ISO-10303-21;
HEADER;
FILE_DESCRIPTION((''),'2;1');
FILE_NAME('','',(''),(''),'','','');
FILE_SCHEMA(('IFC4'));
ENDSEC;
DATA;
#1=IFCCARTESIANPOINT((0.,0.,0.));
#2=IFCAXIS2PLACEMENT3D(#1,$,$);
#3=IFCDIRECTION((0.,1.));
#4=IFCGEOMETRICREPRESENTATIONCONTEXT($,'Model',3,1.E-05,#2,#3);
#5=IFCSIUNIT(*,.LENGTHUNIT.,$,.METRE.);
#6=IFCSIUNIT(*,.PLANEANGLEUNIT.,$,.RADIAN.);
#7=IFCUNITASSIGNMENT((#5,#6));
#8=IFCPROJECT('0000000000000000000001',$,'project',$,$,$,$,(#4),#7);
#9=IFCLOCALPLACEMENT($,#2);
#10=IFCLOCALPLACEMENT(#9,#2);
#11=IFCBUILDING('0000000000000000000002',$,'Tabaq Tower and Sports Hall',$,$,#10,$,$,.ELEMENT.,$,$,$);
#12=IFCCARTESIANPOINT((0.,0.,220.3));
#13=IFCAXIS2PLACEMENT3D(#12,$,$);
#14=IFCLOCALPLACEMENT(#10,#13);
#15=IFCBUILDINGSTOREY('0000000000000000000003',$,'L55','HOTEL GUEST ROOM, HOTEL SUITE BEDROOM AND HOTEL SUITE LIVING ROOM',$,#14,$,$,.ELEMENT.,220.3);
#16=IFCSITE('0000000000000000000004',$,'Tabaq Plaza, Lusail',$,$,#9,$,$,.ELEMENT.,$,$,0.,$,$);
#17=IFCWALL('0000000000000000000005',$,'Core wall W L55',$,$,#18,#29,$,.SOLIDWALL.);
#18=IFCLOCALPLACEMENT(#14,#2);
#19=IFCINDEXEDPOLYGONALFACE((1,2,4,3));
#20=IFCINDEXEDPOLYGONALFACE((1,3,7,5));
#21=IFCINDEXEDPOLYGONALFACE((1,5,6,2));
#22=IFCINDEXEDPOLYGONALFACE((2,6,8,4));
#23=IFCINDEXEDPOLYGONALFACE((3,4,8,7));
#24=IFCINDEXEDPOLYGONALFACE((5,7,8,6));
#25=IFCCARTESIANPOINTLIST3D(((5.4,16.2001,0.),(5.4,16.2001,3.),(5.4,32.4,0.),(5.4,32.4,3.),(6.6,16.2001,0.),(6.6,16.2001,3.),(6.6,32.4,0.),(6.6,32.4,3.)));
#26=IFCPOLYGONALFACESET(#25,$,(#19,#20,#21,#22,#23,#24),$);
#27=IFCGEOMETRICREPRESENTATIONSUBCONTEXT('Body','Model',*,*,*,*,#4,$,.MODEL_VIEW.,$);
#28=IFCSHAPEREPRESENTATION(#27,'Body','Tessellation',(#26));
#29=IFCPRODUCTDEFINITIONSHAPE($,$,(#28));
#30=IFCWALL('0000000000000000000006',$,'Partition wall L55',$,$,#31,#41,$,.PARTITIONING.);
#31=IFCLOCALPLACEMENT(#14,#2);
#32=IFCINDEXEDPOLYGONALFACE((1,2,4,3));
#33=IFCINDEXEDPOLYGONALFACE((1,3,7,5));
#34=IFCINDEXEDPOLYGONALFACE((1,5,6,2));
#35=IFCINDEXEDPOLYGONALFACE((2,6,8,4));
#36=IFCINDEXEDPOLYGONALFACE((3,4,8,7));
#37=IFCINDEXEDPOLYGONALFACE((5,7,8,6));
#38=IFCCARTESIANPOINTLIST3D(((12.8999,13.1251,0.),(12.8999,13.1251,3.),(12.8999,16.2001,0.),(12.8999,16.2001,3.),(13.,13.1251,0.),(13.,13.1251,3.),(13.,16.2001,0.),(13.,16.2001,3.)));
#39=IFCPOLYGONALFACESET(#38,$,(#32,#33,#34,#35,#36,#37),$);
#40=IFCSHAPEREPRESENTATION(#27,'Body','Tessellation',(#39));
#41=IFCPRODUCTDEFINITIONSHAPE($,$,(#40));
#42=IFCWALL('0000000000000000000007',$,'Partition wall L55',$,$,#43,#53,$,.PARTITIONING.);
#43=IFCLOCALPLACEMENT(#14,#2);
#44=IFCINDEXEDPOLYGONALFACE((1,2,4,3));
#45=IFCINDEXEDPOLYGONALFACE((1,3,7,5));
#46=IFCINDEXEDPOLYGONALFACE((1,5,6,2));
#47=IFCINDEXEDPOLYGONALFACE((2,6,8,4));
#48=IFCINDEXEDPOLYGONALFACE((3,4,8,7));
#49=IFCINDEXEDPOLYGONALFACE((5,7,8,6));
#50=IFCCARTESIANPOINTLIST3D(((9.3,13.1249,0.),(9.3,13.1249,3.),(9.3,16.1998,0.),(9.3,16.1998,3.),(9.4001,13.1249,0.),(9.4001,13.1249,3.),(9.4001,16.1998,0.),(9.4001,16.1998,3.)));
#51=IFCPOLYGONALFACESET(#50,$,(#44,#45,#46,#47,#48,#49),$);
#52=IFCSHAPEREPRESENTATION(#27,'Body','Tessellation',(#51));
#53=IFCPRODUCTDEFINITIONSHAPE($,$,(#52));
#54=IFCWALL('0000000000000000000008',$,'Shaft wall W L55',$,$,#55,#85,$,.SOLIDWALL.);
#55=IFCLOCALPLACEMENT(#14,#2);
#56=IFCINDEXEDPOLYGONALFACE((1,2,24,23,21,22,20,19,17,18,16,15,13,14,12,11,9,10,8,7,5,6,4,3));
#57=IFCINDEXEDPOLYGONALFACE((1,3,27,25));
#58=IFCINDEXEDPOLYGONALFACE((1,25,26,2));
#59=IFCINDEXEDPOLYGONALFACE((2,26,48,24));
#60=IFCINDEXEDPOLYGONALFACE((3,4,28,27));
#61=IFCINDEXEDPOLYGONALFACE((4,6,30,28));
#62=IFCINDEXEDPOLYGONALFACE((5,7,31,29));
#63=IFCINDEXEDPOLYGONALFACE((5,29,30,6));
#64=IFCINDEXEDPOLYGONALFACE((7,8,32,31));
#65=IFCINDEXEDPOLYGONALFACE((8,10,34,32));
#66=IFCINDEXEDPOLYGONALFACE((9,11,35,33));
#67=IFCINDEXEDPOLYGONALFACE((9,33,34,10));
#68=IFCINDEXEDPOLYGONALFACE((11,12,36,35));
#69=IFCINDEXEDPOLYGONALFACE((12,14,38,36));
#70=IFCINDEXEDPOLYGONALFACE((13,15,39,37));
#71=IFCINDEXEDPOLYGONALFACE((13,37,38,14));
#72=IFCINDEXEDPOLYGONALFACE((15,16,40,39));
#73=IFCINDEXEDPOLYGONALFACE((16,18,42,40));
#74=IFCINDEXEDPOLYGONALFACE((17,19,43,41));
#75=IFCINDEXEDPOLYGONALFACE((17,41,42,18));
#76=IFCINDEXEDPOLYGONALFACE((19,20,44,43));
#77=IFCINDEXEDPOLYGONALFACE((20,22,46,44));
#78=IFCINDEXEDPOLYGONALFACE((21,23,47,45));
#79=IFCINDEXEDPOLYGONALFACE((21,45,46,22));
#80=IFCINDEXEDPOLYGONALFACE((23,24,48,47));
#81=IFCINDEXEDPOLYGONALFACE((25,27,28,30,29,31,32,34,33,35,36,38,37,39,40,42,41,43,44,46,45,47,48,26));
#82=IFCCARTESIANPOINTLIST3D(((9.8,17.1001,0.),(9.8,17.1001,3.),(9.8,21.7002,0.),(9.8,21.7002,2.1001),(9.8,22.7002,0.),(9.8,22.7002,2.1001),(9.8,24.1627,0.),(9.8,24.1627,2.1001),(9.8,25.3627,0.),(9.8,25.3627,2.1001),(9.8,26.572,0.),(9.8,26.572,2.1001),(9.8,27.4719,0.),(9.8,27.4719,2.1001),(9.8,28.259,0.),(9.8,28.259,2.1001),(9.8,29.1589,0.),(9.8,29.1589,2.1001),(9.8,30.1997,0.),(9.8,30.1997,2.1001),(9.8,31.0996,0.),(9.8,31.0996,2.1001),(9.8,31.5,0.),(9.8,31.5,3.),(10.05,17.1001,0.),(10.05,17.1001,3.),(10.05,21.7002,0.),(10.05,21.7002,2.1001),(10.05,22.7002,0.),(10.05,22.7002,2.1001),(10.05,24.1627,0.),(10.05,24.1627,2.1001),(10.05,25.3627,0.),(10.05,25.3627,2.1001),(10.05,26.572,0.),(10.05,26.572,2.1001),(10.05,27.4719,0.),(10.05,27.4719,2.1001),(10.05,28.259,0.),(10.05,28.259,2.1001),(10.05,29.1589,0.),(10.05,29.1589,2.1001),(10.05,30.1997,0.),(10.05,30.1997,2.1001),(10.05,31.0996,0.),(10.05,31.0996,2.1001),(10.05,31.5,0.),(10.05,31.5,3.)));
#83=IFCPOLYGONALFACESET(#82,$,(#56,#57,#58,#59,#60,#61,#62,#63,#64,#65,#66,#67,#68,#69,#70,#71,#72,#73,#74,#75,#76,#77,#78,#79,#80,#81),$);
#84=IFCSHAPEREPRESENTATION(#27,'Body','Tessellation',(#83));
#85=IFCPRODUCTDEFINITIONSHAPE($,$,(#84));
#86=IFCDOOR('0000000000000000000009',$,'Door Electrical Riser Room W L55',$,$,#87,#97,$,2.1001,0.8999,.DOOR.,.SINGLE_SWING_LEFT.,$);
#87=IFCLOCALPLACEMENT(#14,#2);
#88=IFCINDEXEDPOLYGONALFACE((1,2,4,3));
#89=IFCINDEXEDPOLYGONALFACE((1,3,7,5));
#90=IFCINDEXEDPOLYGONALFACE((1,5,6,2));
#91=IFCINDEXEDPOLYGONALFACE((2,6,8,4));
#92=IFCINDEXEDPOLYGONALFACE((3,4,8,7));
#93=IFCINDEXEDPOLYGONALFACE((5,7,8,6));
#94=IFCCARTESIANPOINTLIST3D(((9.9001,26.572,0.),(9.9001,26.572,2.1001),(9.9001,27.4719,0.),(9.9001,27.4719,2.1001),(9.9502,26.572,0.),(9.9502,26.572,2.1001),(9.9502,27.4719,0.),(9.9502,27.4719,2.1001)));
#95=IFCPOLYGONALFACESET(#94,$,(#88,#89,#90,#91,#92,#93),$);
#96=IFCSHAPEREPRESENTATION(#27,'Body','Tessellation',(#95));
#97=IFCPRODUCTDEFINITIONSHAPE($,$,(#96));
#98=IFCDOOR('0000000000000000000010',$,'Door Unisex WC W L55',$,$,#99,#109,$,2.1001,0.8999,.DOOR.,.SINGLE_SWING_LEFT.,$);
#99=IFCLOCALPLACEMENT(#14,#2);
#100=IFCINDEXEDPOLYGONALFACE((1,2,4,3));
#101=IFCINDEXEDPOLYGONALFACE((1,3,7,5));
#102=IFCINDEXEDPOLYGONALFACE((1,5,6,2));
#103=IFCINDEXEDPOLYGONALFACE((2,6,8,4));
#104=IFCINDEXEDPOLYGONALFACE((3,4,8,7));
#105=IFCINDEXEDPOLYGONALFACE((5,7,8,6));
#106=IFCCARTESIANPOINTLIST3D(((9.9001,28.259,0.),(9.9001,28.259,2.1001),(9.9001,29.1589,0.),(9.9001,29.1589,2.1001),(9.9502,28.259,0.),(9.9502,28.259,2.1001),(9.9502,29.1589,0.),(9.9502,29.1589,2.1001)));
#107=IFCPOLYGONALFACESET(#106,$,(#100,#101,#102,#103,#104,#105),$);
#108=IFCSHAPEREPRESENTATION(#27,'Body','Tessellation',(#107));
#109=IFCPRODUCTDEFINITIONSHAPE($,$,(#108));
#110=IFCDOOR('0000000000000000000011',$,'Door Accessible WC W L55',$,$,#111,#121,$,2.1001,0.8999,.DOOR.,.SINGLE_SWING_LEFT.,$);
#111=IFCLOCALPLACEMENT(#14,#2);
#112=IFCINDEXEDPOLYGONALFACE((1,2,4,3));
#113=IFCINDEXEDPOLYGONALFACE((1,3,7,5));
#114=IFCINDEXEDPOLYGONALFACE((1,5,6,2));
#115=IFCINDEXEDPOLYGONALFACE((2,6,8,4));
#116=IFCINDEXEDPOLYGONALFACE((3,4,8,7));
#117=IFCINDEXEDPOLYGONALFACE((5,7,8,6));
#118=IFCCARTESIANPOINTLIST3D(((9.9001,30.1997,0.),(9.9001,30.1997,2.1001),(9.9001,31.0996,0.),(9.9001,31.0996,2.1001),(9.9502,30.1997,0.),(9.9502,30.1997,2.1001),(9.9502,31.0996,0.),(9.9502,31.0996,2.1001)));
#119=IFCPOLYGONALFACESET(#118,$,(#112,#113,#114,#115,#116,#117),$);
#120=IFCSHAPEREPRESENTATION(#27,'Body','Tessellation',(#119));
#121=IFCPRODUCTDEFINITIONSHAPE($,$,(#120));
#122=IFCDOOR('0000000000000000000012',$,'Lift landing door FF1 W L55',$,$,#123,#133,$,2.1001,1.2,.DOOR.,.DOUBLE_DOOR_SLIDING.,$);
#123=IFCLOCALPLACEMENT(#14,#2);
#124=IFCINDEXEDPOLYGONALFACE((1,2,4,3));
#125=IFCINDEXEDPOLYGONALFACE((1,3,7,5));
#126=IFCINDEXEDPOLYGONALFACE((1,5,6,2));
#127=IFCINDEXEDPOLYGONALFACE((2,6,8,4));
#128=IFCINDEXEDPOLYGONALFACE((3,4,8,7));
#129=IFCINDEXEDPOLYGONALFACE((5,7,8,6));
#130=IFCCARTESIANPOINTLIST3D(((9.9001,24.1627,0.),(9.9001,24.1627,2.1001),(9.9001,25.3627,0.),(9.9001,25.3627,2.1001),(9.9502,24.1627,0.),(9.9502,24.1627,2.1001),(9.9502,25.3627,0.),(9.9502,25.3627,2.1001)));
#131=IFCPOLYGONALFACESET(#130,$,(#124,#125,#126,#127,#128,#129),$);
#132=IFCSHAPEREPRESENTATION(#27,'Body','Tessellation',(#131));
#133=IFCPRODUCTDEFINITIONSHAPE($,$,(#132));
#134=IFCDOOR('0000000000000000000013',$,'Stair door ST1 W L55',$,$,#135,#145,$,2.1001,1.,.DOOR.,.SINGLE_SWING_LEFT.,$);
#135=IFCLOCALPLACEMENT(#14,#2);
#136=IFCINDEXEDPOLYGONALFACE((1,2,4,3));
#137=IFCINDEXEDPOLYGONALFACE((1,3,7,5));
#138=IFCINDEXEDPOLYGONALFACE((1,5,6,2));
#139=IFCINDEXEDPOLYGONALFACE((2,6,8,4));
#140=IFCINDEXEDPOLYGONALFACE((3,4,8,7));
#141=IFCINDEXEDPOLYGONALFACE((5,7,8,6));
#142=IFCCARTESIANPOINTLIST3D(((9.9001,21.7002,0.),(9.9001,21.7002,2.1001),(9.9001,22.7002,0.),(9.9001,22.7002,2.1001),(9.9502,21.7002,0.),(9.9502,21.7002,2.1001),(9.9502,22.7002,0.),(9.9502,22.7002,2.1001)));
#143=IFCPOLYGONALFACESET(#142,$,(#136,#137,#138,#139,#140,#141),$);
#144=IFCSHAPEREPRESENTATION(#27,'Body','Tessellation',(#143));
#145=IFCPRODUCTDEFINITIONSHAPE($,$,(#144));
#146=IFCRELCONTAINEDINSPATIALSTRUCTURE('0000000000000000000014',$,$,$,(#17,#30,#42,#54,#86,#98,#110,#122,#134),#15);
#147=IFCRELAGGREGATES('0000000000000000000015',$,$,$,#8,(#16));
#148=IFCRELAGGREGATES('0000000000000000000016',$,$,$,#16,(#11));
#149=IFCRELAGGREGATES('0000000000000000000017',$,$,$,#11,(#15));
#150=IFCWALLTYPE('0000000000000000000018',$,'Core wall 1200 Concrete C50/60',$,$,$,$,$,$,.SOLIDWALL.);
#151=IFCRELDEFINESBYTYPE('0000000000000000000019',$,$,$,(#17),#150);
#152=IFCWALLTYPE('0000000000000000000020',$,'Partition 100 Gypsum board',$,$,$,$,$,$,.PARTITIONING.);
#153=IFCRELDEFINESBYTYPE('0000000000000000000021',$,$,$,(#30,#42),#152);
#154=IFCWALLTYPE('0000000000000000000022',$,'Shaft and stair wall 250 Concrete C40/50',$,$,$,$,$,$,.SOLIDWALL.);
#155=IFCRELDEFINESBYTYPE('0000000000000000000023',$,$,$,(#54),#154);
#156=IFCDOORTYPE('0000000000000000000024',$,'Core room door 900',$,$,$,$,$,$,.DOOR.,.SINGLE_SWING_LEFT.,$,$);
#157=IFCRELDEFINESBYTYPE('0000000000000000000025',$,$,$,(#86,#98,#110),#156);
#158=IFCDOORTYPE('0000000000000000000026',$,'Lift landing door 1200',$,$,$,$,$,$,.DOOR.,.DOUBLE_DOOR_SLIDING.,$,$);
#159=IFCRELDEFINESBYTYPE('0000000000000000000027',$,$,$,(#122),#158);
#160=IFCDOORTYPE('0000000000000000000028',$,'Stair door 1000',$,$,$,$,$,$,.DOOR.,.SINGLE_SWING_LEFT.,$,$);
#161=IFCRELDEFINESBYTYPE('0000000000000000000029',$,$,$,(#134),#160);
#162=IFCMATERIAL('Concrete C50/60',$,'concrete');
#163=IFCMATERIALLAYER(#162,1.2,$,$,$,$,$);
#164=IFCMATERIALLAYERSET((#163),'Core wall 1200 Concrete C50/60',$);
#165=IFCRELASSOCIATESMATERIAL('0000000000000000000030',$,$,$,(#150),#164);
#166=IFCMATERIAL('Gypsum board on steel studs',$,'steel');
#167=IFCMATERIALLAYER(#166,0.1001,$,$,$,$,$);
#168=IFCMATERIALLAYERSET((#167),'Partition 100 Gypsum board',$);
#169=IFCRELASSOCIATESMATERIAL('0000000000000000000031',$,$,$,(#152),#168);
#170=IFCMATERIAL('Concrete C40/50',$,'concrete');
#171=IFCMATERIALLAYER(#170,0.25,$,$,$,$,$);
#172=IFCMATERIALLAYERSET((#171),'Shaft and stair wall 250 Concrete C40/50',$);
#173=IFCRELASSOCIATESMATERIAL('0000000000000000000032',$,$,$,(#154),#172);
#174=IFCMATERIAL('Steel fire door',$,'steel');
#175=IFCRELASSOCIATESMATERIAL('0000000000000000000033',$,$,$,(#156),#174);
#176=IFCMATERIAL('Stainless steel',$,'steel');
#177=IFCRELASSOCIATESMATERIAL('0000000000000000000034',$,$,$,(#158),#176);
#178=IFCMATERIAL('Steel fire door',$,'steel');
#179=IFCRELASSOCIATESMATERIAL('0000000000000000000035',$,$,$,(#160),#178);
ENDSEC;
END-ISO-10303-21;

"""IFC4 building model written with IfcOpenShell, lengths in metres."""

from ifc_helpers import new_model, si_unit, direction, frame, frame_2d, origin, place, context, subcontext, project, spatial, rectangle, extrude, material, layer, layer_set, type_object, element, fill, save


model = new_model("IFC4")

# Units and contexts
model_context = context("Model", 3, precision=1e-05, world=origin(), true_north=direction((0.0, 1.0)))
body_context = subcontext(model_context, "Body", "Model", "MODEL_VIEW")
ifc_project = project(units=[si_unit("LENGTHUNIT", "METRE"), si_unit("PLANEANGLEUNIT", "RADIAN")], contexts=[model_context])

# Site, building, storey
site_placement = place(None, origin())
site = spatial("IfcSite", under=ifc_project, at=site_placement, Name="Tabaq Plaza, Lusail", CompositionType="ELEMENT", RefElevation=0.0)
building_placement = place(site_placement, origin())
building = spatial("IfcBuilding", under=site, at=building_placement, Name="Tabaq Tower and Sports Hall", CompositionType="ELEMENT")
storey_placement = place(building_placement, frame((0.0, 0.0, 220.3)))
storey = spatial("IfcBuildingStorey", under=building, at=storey_placement, Name="L55", Description="HOTEL GUEST ROOM, HOTEL SUITE BEDROOM AND HOTEL SUITE LIVING ROOM", CompositionType="ELEMENT", Elevation=220.3)

# Walls
ifc_material_1 = material(Name="Concrete C50/60", Category="concrete")
ifc_layer_1 = layer(ifc_material_1, 1.2)
ifc_layer_set_1 = layer_set([ifc_layer_1], Name="Core wall 1200 Concrete C50/60")
wall_type_1 = type_object("IfcWallType", Name="Core wall 1200 Concrete C50/60", PredefinedType="SOLIDWALL", material=ifc_layer_set_1)
wall_1_placement = place(storey_placement, frame((6.0, 16.2, 0.0), z_axis=(0.0, 0.0, 1.0), x_axis=(0.0, 1.0, 0.0)))
element("IfcWall", 1, at=wall_1_placement, inside=storey, type_object=wall_type_1, Name="Core wall W L55", PredefinedType="SOLIDWALL", context=body_context, shape_type="SweptSolid", body=[
    extrude(rectangle(XDim=16.2, YDim=1.2, at=frame_2d((8.1001, 0.0))), origin(), (0.0, 0.0, 1.0), 3.0),
])
ifc_material_2 = material(Name="Gypsum board on steel studs", Category="steel")
ifc_layer_2 = layer(ifc_material_2, 0.1001)
ifc_layer_set_2 = layer_set([ifc_layer_2], Name="Partition 100 Gypsum board")
wall_type_2 = type_object("IfcWallType", Name="Partition 100 Gypsum board", PredefinedType="PARTITIONING", material=ifc_layer_set_2)
for number, where, z_axis, x_axis, name in (
    (2, (12.95, 13.125, 0.0), (0.0, 0.0, 1.0), (0.0, 1.0, 0.0), "Partition wall L55"),
    (3, (9.3501, 16.2, 0.0), (0.0, 0.0, 1.0), (0.0, -1.0, 0.0), "Partition wall L55"),
):
    element("IfcWall", number, at=place(storey_placement, frame(where, z_axis=z_axis, x_axis=x_axis)), inside=storey, type_object=wall_type_2, Name=name, PredefinedType="PARTITIONING", context=body_context, shape_type="SweptSolid", body=[
        extrude(rectangle(XDim=3.075, YDim=0.1001, at=frame_2d((1.5376, 0.0))), origin(), (0.0, 0.0, 1.0), 3.0),
    ])

# Wall, openings, doors
ifc_material_3 = material(Name="Concrete C40/50", Category="concrete")
ifc_layer_3 = layer(ifc_material_3, 0.25)
ifc_layer_set_3 = layer_set([ifc_layer_3], Name="Shaft and stair wall 250 Concrete C40/50")
wall_type_3 = type_object("IfcWallType", Name="Shaft and stair wall 250 Concrete C40/50", PredefinedType="SOLIDWALL", material=ifc_layer_set_3)
wall_2_placement = place(storey_placement, frame((9.925, 17.1001, 0.0), z_axis=(0.0, 0.0, 1.0), x_axis=(0.0, 1.0, 0.0)))
wall_2 = element("IfcWall", 4, at=wall_2_placement, inside=storey, type_object=wall_type_3, Name="Shaft wall W L55", PredefinedType="SOLIDWALL", context=body_context, shape_type="SweptSolid", body=[
    extrude(rectangle(XDim=14.3999, YDim=0.25, at=frame_2d((7.2, 0.0))), origin(), (0.0, 0.0, 1.0), 3.0),
])
opening_1_placement = place(wall_2_placement, frame((4.6001, 0.0, 0.0)))
opening_1 = element("IfcOpeningElement", 5, at=opening_1_placement, cuts=wall_2, PredefinedType="OPENING", context=body_context, shape_type="SweptSolid", body=[
    extrude(rectangle(XDim=1.0, YDim=2.1001, at=frame_2d((0.5, 1.05))), frame((0.0, 0.125, 0.0), z_axis=(0.0, -1.0, 0.0), x_axis=(1.0, 0.0, 0.0)), (0.0, 0.0, 1.0), 0.25),
])
opening_2_placement = place(wall_2_placement, frame((7.0625, 0.0, 0.0)))
opening_2 = element("IfcOpeningElement", 6, at=opening_2_placement, cuts=wall_2, PredefinedType="OPENING", context=body_context, shape_type="SweptSolid", body=[
    extrude(rectangle(XDim=1.2, YDim=2.1001, at=frame_2d((0.6001, 1.05))), frame((0.0, 0.125, 0.0), z_axis=(0.0, -1.0, 0.0), x_axis=(1.0, 0.0, 0.0)), (0.0, 0.0, 1.0), 0.25),
])
opening_3_placement = place(wall_2_placement, frame((9.4719, 0.0, 0.0)))
opening_3 = element("IfcOpeningElement", 7, at=opening_3_placement, cuts=wall_2, PredefinedType="OPENING", context=body_context, shape_type="SweptSolid", body=[
    extrude(rectangle(XDim=0.8999, YDim=2.1001, at=frame_2d((0.45, 1.05))), frame((0.0, 0.125, 0.0), z_axis=(0.0, -1.0, 0.0), x_axis=(1.0, 0.0, 0.0)), (0.0, 0.0, 1.0), 0.25),
])
opening_4_placement = place(wall_2_placement, frame((11.1589, 0.0, 0.0)))
opening_4 = element("IfcOpeningElement", 8, at=opening_4_placement, cuts=wall_2, PredefinedType="OPENING", context=body_context, shape_type="SweptSolid", body=[
    extrude(rectangle(XDim=0.8999, YDim=2.1001, at=frame_2d((0.45, 1.05))), frame((0.0, 0.125, 0.0), z_axis=(0.0, -1.0, 0.0), x_axis=(1.0, 0.0, 0.0)), (0.0, 0.0, 1.0), 0.25),
])
opening_5_placement = place(wall_2_placement, frame((13.0996, 0.0, 0.0)))
opening_5 = element("IfcOpeningElement", 9, at=opening_5_placement, cuts=wall_2, PredefinedType="OPENING", context=body_context, shape_type="SweptSolid", body=[
    extrude(rectangle(XDim=0.8999, YDim=2.1001, at=frame_2d((0.45, 1.05))), frame((0.0, 0.125, 0.0), z_axis=(0.0, -1.0, 0.0), x_axis=(1.0, 0.0, 0.0)), (0.0, 0.0, 1.0), 0.25),
])
ifc_material_4 = material(Name="Steel fire door", Category="steel")
door_type_1 = type_object("IfcDoorType", Name="Core room door 900", OperationType="SINGLE_SWING_LEFT", PredefinedType="DOOR", material=ifc_material_4)
door_1_placement = place(opening_3_placement, origin())
door_1 = element("IfcDoor", 10, at=door_1_placement, inside=storey, type_object=door_type_1, Name="Door Electrical Riser Room W L55", OperationType="SINGLE_SWING_LEFT", OverallHeight=2.1001, OverallWidth=0.8999, PredefinedType="DOOR", context=body_context, shape_type="SweptSolid", body=[
    extrude(rectangle(XDim=0.8999, YDim=2.1001, at=frame_2d((0.45, 1.05))), frame((0.0, 0.0249, 0.0), z_axis=(0.0, -1.0, 0.0), x_axis=(1.0, 0.0, 0.0)), (0.0, 0.0, 1.0), 0.05),
])
fill(opening_3, door_1)
door_2_placement = place(opening_4_placement, origin())
door_2 = element("IfcDoor", 11, at=door_2_placement, inside=storey, type_object=door_type_1, Name="Door Unisex WC W L55", OperationType="SINGLE_SWING_LEFT", OverallHeight=2.1001, OverallWidth=0.8999, PredefinedType="DOOR", context=body_context, shape_type="SweptSolid", body=[
    extrude(rectangle(XDim=0.8999, YDim=2.1001, at=frame_2d((0.45, 1.05))), frame((0.0, 0.0249, 0.0), z_axis=(0.0, -1.0, 0.0), x_axis=(1.0, 0.0, 0.0)), (0.0, 0.0, 1.0), 0.05),
])
fill(opening_4, door_2)
door_3_placement = place(opening_5_placement, origin())
door_3 = element("IfcDoor", 12, at=door_3_placement, inside=storey, type_object=door_type_1, Name="Door Accessible WC W L55", OperationType="SINGLE_SWING_LEFT", OverallHeight=2.1001, OverallWidth=0.8999, PredefinedType="DOOR", context=body_context, shape_type="SweptSolid", body=[
    extrude(rectangle(XDim=0.8999, YDim=2.1001, at=frame_2d((0.45, 1.05))), frame((0.0, 0.0249, 0.0), z_axis=(0.0, -1.0, 0.0), x_axis=(1.0, 0.0, 0.0)), (0.0, 0.0, 1.0), 0.05),
])
fill(opening_5, door_3)
ifc_material_5 = material(Name="Stainless steel", Category="steel")
door_type_2 = type_object("IfcDoorType", Name="Lift landing door 1200", OperationType="DOUBLE_DOOR_SLIDING", PredefinedType="DOOR", material=ifc_material_5)
door_4_placement = place(opening_2_placement, origin())
door_4 = element("IfcDoor", 13, at=door_4_placement, inside=storey, type_object=door_type_2, Name="Lift landing door FF1 W L55", OperationType="DOUBLE_DOOR_SLIDING", OverallHeight=2.1001, OverallWidth=1.2, PredefinedType="DOOR", context=body_context, shape_type="SweptSolid", body=[
    extrude(rectangle(XDim=1.2, YDim=2.1001, at=frame_2d((0.6001, 1.05))), frame((0.0, 0.0249, 0.0), z_axis=(0.0, -1.0, 0.0), x_axis=(1.0, 0.0, 0.0)), (0.0, 0.0, 1.0), 0.05),
])
fill(opening_2, door_4)
ifc_material_6 = material(Name="Steel fire door", Category="steel")
door_type_3 = type_object("IfcDoorType", Name="Stair door 1000", OperationType="SINGLE_SWING_LEFT", PredefinedType="DOOR", material=ifc_material_6)
door_5_placement = place(opening_1_placement, origin())
door_5 = element("IfcDoor", 14, at=door_5_placement, inside=storey, type_object=door_type_3, Name="Stair door ST1 W L55", OperationType="SINGLE_SWING_LEFT", OverallHeight=2.1001, OverallWidth=1.0, PredefinedType="DOOR", context=body_context, shape_type="SweptSolid", body=[
    extrude(rectangle(XDim=1.0, YDim=2.1001, at=frame_2d((0.5, 1.05))), frame((0.0, 0.0249, 0.0), z_axis=(0.0, -1.0, 0.0), x_axis=(1.0, 0.0, 0.0)), (0.0, 0.0, 1.0), 0.05),
])
fill(opening_1, door_5)

save(model, "model.ifc")
